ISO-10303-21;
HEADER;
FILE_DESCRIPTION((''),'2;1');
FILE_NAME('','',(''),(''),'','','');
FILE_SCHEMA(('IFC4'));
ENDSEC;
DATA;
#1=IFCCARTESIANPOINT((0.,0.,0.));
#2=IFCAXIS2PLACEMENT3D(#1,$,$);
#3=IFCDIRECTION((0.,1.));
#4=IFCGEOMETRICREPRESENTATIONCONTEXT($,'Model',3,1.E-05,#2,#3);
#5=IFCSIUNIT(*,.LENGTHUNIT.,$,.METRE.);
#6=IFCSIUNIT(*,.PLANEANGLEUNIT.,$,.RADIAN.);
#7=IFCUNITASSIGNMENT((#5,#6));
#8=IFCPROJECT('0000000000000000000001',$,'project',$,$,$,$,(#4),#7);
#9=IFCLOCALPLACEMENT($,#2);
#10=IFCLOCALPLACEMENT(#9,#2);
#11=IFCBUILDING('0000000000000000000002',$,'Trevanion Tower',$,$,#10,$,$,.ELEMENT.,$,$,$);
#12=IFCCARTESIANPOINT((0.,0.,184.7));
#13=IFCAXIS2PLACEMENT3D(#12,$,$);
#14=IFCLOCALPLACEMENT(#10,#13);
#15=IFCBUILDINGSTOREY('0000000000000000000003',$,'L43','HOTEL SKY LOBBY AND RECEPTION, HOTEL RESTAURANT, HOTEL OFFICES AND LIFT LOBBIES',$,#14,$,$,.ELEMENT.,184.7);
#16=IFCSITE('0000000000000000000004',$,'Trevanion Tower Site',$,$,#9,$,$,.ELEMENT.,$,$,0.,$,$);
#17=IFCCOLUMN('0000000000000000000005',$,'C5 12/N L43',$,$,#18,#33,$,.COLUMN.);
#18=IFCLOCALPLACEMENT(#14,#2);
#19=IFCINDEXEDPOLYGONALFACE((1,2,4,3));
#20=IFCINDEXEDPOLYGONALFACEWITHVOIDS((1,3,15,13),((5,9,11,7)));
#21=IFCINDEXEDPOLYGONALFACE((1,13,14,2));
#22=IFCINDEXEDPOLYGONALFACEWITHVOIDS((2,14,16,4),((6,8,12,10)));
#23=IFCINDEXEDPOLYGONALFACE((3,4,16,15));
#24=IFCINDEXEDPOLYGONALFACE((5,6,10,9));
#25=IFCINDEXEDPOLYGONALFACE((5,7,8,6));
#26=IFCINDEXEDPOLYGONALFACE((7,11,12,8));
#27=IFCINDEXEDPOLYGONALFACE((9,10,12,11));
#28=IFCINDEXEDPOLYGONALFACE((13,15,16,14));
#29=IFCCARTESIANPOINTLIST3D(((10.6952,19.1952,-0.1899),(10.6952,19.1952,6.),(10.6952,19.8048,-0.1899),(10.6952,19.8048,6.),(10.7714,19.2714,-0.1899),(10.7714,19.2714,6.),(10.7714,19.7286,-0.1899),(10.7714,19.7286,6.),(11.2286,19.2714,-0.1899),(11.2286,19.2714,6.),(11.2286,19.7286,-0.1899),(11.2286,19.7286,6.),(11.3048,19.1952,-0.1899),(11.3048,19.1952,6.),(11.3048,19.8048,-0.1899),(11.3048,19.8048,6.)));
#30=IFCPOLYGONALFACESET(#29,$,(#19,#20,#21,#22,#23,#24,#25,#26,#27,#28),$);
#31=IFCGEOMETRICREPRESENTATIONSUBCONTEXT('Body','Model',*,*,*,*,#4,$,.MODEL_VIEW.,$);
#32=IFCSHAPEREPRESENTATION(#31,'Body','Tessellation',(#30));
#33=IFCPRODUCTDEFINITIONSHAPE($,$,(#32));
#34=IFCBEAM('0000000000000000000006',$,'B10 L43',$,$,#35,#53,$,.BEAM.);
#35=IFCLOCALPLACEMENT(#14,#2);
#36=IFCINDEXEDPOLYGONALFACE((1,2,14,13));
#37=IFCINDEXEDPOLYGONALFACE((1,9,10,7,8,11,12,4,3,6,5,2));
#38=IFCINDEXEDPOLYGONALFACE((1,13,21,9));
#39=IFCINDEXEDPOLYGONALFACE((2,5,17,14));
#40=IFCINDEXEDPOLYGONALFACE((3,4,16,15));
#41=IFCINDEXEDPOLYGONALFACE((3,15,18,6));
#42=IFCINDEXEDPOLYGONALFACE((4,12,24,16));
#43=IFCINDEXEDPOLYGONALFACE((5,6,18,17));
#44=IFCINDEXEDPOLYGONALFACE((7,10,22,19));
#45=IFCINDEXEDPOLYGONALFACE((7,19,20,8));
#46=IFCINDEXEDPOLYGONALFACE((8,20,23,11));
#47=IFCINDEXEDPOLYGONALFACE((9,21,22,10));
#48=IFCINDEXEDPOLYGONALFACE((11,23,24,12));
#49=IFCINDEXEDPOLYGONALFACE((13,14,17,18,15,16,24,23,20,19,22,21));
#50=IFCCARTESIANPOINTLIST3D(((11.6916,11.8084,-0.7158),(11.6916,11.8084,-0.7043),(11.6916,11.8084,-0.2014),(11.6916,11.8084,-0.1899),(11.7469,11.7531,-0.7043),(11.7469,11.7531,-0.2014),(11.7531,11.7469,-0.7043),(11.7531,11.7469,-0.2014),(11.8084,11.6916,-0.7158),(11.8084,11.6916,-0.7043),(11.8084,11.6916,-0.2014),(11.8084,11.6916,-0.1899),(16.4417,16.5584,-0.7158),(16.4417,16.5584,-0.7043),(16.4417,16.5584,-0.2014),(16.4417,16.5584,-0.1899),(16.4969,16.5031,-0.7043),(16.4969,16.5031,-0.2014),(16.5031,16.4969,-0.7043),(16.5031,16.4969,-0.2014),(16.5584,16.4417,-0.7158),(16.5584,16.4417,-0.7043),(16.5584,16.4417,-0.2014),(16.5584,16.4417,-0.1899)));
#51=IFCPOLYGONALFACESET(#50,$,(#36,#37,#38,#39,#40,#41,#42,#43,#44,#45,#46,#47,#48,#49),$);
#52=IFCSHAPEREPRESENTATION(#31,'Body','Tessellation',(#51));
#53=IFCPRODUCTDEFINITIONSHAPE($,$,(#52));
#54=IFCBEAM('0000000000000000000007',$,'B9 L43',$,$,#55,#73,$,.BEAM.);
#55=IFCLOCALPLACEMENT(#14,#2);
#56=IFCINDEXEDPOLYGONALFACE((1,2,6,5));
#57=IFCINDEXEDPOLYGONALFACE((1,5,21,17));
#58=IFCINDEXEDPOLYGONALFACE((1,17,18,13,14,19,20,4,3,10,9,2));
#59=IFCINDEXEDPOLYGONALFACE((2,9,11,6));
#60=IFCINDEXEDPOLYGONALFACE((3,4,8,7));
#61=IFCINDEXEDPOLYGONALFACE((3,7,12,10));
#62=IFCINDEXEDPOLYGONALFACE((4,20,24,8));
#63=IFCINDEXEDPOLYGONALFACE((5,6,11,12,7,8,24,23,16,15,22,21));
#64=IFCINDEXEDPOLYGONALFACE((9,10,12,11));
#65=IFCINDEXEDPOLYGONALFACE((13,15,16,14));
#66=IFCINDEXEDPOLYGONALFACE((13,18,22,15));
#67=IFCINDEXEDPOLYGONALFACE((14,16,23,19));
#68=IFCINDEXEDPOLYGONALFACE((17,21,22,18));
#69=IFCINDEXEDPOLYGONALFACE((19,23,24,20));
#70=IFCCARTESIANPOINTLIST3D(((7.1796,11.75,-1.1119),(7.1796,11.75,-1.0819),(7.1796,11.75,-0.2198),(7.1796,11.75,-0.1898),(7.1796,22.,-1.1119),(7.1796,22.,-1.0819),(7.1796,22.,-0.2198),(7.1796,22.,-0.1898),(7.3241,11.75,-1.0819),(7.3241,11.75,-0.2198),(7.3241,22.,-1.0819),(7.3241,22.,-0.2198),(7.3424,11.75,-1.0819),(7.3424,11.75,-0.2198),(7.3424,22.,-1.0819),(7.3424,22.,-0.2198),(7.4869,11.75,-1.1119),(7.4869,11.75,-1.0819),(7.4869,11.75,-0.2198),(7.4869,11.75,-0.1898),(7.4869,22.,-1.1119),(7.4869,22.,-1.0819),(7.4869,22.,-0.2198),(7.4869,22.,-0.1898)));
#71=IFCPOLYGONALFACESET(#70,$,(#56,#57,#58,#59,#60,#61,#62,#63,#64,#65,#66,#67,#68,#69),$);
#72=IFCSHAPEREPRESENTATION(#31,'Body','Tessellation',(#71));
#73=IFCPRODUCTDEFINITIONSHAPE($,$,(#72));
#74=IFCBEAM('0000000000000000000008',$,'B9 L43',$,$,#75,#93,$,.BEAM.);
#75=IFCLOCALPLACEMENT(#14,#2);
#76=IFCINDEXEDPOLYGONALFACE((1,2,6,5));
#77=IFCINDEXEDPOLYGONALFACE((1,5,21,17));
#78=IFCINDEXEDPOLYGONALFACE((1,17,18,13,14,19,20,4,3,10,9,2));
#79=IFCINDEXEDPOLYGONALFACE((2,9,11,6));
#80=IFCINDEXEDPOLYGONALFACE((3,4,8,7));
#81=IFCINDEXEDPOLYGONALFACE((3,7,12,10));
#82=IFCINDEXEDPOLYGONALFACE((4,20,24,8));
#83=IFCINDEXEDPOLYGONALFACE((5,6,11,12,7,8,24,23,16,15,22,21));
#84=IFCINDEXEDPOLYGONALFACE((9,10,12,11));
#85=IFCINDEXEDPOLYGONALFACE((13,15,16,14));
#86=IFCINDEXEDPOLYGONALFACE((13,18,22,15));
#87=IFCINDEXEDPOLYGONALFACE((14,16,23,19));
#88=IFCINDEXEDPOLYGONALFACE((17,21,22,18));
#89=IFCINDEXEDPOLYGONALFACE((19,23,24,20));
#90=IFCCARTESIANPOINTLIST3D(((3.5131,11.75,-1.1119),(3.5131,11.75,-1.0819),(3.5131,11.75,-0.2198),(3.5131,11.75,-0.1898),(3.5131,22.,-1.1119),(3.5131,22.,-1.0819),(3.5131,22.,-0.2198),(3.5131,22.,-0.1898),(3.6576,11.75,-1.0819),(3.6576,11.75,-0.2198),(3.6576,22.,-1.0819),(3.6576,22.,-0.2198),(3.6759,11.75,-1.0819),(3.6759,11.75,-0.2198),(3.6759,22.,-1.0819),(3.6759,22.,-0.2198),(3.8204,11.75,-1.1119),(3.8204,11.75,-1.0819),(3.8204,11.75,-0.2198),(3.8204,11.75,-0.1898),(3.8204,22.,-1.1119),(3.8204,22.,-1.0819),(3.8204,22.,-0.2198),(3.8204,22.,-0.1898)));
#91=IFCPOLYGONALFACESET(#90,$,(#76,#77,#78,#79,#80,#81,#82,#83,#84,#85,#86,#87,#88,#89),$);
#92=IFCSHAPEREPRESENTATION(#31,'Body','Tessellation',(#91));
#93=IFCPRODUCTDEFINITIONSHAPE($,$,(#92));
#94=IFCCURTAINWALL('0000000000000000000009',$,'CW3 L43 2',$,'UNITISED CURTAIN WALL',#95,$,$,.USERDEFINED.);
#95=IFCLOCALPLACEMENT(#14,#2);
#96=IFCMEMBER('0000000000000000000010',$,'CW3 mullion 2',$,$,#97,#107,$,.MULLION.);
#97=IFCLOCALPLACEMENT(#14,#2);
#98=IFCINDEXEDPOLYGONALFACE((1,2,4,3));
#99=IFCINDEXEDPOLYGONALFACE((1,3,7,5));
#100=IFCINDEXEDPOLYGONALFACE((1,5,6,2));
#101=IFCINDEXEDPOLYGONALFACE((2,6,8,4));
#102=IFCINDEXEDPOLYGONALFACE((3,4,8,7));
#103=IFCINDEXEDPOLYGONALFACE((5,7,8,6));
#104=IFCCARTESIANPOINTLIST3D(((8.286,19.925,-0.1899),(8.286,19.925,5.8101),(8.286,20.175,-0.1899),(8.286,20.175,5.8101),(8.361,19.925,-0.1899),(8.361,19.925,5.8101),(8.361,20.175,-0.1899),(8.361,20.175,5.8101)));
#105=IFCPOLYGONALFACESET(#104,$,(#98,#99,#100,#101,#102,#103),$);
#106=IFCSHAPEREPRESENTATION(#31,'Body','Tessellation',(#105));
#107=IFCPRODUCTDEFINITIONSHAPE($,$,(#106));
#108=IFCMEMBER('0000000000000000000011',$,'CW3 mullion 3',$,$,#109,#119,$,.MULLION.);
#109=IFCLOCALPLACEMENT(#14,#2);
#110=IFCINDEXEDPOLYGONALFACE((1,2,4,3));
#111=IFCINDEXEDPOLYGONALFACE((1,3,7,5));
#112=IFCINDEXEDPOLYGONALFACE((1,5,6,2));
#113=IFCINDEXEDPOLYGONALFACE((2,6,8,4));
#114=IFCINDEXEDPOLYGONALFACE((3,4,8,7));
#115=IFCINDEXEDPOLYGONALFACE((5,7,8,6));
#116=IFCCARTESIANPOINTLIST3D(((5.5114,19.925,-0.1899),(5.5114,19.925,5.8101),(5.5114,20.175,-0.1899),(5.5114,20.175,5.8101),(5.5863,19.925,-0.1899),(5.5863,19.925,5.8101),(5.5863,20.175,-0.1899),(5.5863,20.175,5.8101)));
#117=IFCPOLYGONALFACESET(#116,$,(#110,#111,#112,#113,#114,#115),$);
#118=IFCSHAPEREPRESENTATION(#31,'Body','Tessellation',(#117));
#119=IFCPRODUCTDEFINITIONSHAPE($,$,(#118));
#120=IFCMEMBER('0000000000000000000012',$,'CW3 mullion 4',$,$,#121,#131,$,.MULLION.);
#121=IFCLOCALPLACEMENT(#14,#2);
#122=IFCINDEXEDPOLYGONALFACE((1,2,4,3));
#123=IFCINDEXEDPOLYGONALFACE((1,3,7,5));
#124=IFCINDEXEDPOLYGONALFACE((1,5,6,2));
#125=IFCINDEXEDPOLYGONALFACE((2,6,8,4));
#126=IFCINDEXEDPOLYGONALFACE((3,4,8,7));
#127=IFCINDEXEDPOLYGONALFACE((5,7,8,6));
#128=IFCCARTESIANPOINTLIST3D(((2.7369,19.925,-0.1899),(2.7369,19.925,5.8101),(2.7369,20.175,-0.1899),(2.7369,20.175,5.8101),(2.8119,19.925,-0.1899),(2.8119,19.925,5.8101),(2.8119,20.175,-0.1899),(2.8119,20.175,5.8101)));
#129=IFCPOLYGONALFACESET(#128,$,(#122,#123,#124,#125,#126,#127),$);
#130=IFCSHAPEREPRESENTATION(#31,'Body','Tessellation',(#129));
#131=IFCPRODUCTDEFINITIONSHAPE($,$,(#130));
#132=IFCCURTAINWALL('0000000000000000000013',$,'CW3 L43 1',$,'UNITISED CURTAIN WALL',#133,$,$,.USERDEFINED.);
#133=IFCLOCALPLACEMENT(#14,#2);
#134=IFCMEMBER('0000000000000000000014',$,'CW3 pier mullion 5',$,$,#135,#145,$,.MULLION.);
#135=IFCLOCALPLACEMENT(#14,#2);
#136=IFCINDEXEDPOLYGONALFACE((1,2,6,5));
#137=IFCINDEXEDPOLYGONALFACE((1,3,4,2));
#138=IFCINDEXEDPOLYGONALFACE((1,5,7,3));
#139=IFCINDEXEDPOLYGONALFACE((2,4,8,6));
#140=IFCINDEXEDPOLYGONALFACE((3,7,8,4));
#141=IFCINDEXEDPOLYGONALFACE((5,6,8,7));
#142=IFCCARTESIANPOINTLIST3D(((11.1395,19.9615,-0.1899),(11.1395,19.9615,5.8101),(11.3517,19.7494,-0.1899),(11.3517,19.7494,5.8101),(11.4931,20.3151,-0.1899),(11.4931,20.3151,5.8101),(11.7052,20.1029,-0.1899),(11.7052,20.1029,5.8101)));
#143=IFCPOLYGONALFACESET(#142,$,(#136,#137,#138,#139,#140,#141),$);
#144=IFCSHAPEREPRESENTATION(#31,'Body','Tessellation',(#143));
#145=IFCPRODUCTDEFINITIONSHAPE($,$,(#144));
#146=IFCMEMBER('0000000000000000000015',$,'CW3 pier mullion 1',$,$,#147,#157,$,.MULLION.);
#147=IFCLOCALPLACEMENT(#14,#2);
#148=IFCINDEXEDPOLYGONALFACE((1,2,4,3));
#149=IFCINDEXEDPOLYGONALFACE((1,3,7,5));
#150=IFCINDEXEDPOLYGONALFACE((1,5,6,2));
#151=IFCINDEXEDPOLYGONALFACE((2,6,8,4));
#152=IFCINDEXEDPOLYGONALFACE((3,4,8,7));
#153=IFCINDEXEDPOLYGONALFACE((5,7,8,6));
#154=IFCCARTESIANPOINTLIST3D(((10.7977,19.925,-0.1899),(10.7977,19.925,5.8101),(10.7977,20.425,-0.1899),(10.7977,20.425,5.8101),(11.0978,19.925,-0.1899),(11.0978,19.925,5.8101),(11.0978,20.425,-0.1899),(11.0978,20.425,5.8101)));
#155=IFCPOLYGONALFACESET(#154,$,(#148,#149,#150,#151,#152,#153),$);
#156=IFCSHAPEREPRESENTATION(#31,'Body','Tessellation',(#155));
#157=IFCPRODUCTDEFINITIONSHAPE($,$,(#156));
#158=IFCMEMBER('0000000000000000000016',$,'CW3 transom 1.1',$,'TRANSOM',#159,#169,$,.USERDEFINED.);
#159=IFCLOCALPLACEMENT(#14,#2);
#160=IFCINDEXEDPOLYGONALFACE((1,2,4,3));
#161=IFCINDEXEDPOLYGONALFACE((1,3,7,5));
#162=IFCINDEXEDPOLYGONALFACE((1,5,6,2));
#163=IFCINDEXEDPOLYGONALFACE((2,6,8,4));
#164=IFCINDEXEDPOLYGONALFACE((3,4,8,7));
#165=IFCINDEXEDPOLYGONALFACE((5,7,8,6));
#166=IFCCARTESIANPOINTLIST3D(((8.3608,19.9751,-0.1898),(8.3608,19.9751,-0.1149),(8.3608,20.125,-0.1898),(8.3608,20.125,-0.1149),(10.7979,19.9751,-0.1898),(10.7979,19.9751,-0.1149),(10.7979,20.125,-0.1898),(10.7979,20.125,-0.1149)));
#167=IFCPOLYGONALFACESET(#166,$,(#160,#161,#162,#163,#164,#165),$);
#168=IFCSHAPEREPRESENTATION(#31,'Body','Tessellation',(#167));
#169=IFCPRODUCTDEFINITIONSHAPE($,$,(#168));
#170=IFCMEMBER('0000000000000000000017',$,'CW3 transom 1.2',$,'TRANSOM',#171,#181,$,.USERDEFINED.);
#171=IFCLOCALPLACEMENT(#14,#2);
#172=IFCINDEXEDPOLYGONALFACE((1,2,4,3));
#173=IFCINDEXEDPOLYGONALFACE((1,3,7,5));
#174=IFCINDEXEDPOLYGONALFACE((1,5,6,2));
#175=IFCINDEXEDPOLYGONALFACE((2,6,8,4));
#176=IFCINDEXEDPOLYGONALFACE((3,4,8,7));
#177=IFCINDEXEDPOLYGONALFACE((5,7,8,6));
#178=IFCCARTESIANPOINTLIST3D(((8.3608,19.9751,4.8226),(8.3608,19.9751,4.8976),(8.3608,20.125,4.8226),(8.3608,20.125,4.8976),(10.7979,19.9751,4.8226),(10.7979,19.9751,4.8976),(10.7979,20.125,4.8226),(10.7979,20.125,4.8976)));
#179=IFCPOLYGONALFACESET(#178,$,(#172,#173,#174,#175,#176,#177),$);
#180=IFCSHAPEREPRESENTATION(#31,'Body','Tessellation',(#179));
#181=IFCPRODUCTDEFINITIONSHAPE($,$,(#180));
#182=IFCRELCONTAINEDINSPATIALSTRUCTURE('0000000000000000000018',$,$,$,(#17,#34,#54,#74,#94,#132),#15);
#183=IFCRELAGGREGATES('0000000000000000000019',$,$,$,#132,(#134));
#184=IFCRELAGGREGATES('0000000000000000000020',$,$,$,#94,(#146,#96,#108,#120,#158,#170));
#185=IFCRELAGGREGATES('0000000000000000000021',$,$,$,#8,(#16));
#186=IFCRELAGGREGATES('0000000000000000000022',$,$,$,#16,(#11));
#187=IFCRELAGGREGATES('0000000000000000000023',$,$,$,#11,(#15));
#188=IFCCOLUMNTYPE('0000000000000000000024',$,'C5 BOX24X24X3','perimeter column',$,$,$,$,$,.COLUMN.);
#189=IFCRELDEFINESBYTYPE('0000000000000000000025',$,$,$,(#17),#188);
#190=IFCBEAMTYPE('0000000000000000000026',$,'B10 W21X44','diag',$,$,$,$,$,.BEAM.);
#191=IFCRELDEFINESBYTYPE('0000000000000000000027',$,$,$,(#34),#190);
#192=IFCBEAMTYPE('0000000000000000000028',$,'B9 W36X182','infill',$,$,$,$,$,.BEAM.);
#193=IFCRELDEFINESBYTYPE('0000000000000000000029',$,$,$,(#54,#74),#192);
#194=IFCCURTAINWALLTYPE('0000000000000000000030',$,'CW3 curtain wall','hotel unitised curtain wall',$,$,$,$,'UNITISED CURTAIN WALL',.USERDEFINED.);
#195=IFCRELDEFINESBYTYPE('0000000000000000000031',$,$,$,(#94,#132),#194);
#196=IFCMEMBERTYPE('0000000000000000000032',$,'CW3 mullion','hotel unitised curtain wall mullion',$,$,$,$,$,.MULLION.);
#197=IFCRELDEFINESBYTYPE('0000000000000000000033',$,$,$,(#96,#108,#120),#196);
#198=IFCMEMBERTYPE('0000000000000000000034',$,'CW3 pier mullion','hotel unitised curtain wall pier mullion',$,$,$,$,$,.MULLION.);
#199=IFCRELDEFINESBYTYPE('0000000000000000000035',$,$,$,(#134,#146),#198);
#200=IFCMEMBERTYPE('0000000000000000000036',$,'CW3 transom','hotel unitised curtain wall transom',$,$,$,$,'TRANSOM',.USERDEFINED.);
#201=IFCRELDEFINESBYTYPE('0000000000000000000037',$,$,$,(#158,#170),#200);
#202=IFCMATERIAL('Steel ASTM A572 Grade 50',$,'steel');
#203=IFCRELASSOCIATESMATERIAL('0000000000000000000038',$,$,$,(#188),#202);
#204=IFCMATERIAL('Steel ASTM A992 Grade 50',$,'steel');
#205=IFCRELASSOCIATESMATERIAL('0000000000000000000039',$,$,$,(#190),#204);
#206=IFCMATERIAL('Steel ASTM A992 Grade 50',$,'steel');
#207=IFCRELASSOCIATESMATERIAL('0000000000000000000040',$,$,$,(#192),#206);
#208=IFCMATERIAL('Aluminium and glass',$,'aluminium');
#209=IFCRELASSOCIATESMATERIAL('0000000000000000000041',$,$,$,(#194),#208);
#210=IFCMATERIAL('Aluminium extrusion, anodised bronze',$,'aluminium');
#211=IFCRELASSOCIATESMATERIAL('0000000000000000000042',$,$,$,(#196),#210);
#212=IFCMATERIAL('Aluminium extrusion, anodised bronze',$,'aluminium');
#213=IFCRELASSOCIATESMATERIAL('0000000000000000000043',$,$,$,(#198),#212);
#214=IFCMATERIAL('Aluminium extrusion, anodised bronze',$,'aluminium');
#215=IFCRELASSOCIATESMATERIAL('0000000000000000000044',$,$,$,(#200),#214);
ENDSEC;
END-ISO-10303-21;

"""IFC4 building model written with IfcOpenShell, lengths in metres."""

from ifc_helpers import new_model, si_unit, direction, frame, origin, origin_2d, place, context, subcontext, project, spatial, rectangle, hollow_rectangle, i_section, extrude, material, material_profile, profile_set, type_object, element, aggregate, save


model = new_model("IFC4")

# Units and contexts
model_context = context("Model", 3, precision=1e-05, world=origin(), true_north=direction((0.0, 1.0)))
body_context = subcontext(model_context, "Body", "Model", "MODEL_VIEW")
ifc_project = project(units=[si_unit("LENGTHUNIT", "METRE"), si_unit("PLANEANGLEUNIT", "RADIAN")], contexts=[model_context])

# Site, building, storey
site_placement = place(None, origin())
site = spatial("IfcSite", under=ifc_project, at=site_placement, Name="Trevanion Tower Site", CompositionType="ELEMENT", RefElevation=0.0)
building_placement = place(site_placement, origin())
building = spatial("IfcBuilding", under=site, at=building_placement, Name="Trevanion Tower", CompositionType="ELEMENT")
storey_placement = place(building_placement, frame((0.0, 0.0, 184.7)))
storey = spatial("IfcBuildingStorey", under=building, at=storey_placement, Name="L43", Description="HOTEL SKY LOBBY AND RECEPTION, HOTEL RESTAURANT, HOTEL OFFICES AND LIFT LOBBIES", CompositionType="ELEMENT", Elevation=184.7)

# Column
ifc_material_1 = material(Name="Steel ASTM A572 Grade 50", Category="steel")
ifc_material_profile_1 = material_profile(ifc_material_1, hollow_rectangle(XDim=0.6096, YDim=0.6096, WallThickness=0.0762, at=origin_2d()), Name="BOX24X24X3")
ifc_profile_set_1 = profile_set([ifc_material_profile_1], Name="Steel ASTM A572 Grade 50")
column_type = type_object("IfcColumnType", Name="C5 BOX24X24X3", Description="perimeter column", PredefinedType="COLUMN", material=ifc_profile_set_1)
column_placement = place(storey_placement, frame((11.0, 19.5, -0.1899), z_axis=(0.0, 0.0, 1.0), x_axis=(1.0, 0.0, 0.0)))
element("IfcColumn", 1, at=column_placement, inside=storey, type_object=column_type, Name="C5 12/N L43", PredefinedType="COLUMN", context=body_context, shape_type="SweptSolid", body=[
    extrude(hollow_rectangle(XDim=0.6096, YDim=0.6096, WallThickness=0.0762, at=origin_2d()), origin(), (0.0, 0.0, 1.0), 6.1899),
])

# Beams
ifc_material_2 = material(Name="Steel ASTM A992 Grade 50", Category="steel")
ifc_material_profile_2 = material_profile(ifc_material_2, i_section(OverallWidth=0.165, OverallDepth=0.5259, WebThickness=0.0088, FlangeThickness=0.0115, at=origin_2d()), Name="W21X44")
ifc_profile_set_2 = profile_set([ifc_material_profile_2], Name="Steel ASTM A992 Grade 50")
beam_type_1 = type_object("IfcBeamType", Name="B10 W21X44", Description="diag", PredefinedType="BEAM", material=ifc_profile_set_2)
beam_placement = place(storey_placement, frame((11.75, 11.75, -0.4529), z_axis=(0.707107, 0.707107, 0.0), x_axis=(-0.707107, 0.707107, 0.0)))
element("IfcBeam", 2, at=beam_placement, inside=storey, type_object=beam_type_1, Name="B10 L43", PredefinedType="BEAM", context=body_context, shape_type="SweptSolid", body=[
    extrude(i_section(OverallWidth=0.165, OverallDepth=0.5259, WebThickness=0.0088, FlangeThickness=0.0115, at=origin_2d()), origin(), (0.0, 0.0, 1.0), 6.7175),
])
ifc_material_3 = material(Name="Steel ASTM A992 Grade 50", Category="steel")
ifc_material_profile_3 = material_profile(ifc_material_3, i_section(OverallWidth=0.3074, OverallDepth=0.9221, WebThickness=0.0183, FlangeThickness=0.03, at=origin_2d()), Name="W36X182")
ifc_profile_set_3 = profile_set([ifc_material_profile_3], Name="Steel ASTM A992 Grade 50")
beam_type_2 = type_object("IfcBeamType", Name="B9 W36X182", Description="infill", PredefinedType="BEAM", material=ifc_profile_set_3)
for number, where, z_axis, x_axis, name in (
    (3, (7.3333, 11.75, -0.6509), (0.0, 1.0, 0.0), (-1.0, 0.0, 0.0), "B9 L43"),
    (4, (3.6667, 11.75, -0.6509), (0.0, 1.0, 0.0), (-1.0, 0.0, 0.0), "B9 L43"),
):
    element("IfcBeam", number, at=place(storey_placement, frame(where, z_axis=z_axis, x_axis=x_axis)), inside=storey, type_object=beam_type_2, Name=name, PredefinedType="BEAM", context=body_context, shape_type="SweptSolid", body=[
        extrude(i_section(OverallWidth=0.3074, OverallDepth=0.9221, WebThickness=0.0183, FlangeThickness=0.03, at=origin_2d()), origin(), (0.0, 0.0, 1.0), 10.25),
    ])

# Curtain wall, members
ifc_material_4 = material(Name="Aluminium and glass", Category="aluminium")
curtain_wall_type = type_object("IfcCurtainWallType", Name="CW3 curtain wall", Description="hotel unitised curtain wall", ElementType="UNITISED CURTAIN WALL", PredefinedType="USERDEFINED", material=ifc_material_4)
curtain_wall_1_placement = place(storey_placement, origin())
curtain_wall_1 = element("IfcCurtainWall", 5, at=curtain_wall_1_placement, inside=storey, type_object=curtain_wall_type, Name="CW3 L43 2", ObjectType="UNITISED CURTAIN WALL", PredefinedType="USERDEFINED")
ifc_material_5 = material(Name="Aluminium extrusion, anodised bronze", Category="aluminium")
ifc_material_profile_4 = material_profile(ifc_material_5, rectangle(XDim=0.075, YDim=0.25, at=origin_2d()), Name="CW3 mullion")
ifc_profile_set_4 = profile_set([ifc_material_profile_4], Name="Aluminium extrusion, anodised bronze")
member_type_1 = type_object("IfcMemberType", Name="CW3 mullion", Description="hotel unitised curtain wall mullion", PredefinedType="MULLION", material=ifc_profile_set_4)
member_1_placement = place(storey_placement, frame((8.3235, 20.05, -0.1899), z_axis=(0.0, 0.0, 1.0), x_axis=(-1.0, 0.0, 0.0)))
member_1 = element("IfcMember", 6, at=member_1_placement, type_object=member_type_1, Name="CW3 mullion 2", PredefinedType="MULLION", context=body_context, shape_type="SweptSolid", body=[
    extrude(rectangle(XDim=0.075, YDim=0.25, at=origin_2d()), origin(), (0.0, 0.0, 1.0), 6.0),
])
member_2_placement = place(storey_placement, frame((5.5488, 20.05, -0.1899), z_axis=(0.0, 0.0, 1.0), x_axis=(-1.0, 0.0, 0.0)))
member_2 = element("IfcMember", 7, at=member_2_placement, type_object=member_type_1, Name="CW3 mullion 3", PredefinedType="MULLION", context=body_context, shape_type="SweptSolid", body=[
    extrude(rectangle(XDim=0.075, YDim=0.25, at=origin_2d()), origin(), (0.0, 0.0, 1.0), 6.0),
])
member_3_placement = place(storey_placement, frame((2.7744, 20.05, -0.1899), z_axis=(0.0, 0.0, 1.0), x_axis=(-1.0, 0.0, 0.0)))
member_3 = element("IfcMember", 8, at=member_3_placement, type_object=member_type_1, Name="CW3 mullion 4", PredefinedType="MULLION", context=body_context, shape_type="SweptSolid", body=[
    extrude(rectangle(XDim=0.075, YDim=0.25, at=origin_2d()), origin(), (0.0, 0.0, 1.0), 6.0),
])

# Curtain wall, member
curtain_wall_2_placement = place(storey_placement, origin())
curtain_wall_2 = element("IfcCurtainWall", 9, at=curtain_wall_2_placement, inside=storey, type_object=curtain_wall_type, Name="CW3 L43 1", ObjectType="UNITISED CURTAIN WALL", PredefinedType="USERDEFINED")
ifc_material_6 = material(Name="Aluminium extrusion, anodised bronze", Category="aluminium")
ifc_material_profile_5 = material_profile(ifc_material_6, rectangle(XDim=0.3, YDim=0.5, at=origin_2d()), Name="CW3 pier mullion")
ifc_profile_set_5 = profile_set([ifc_material_profile_5], Name="Aluminium extrusion, anodised bronze")
member_type_2 = type_object("IfcMemberType", Name="CW3 pier mullion", Description="hotel unitised curtain wall pier mullion", PredefinedType="MULLION", material=ifc_profile_set_5)
member_4_placement = place(storey_placement, frame((11.4224, 20.0322, -0.1899), z_axis=(0.0, 0.0, 1.0), x_axis=(-0.707107, 0.707107, 0.0)))
member_4 = element("IfcMember", 10, at=member_4_placement, type_object=member_type_2, Name="CW3 pier mullion 5", PredefinedType="MULLION", context=body_context, shape_type="SweptSolid", body=[
    extrude(rectangle(XDim=0.3, YDim=0.5, at=origin_2d()), origin(), (0.0, 0.0, 1.0), 6.0),
])
aggregate(curtain_wall_2, [member_4])

# Members
member_5_placement = place(storey_placement, frame((10.9478, 20.175, -0.1899), z_axis=(0.0, 0.0, 1.0), x_axis=(-1.0, 0.0, 0.0)))
member_5 = element("IfcMember", 11, at=member_5_placement, type_object=member_type_2, Name="CW3 pier mullion 1", PredefinedType="MULLION", context=body_context, shape_type="SweptSolid", body=[
    extrude(rectangle(XDim=0.3, YDim=0.5, at=origin_2d()), origin(), (0.0, 0.0, 1.0), 6.0),
])
ifc_material_7 = material(Name="Aluminium extrusion, anodised bronze", Category="aluminium")
ifc_material_profile_6 = material_profile(ifc_material_7, rectangle(XDim=0.1499, YDim=0.075, at=origin_2d()), Name="CW3 transom")
ifc_profile_set_6 = profile_set([ifc_material_profile_6], Name="Aluminium extrusion, anodised bronze")
member_type_3 = type_object("IfcMemberType", Name="CW3 transom", Description="hotel unitised curtain wall transom", ElementType="TRANSOM", PredefinedType="USERDEFINED", material=ifc_profile_set_6)
member_6_placement = place(storey_placement, frame((10.7979, 20.05, -0.1523), z_axis=(-1.0, 0.0, 0.0), x_axis=(0.0, -1.0, 0.0)))
member_6 = element("IfcMember", 12, at=member_6_placement, type_object=member_type_3, Name="CW3 transom 1.1", ObjectType="TRANSOM", PredefinedType="USERDEFINED", context=body_context, shape_type="SweptSolid", body=[
    extrude(rectangle(XDim=0.1499, YDim=0.075, at=origin_2d()), origin(), (0.0, 0.0, 1.0), 2.437),
])
member_7_placement = place(storey_placement, frame((10.7979, 20.05, 4.8601), z_axis=(-1.0, 0.0, 0.0), x_axis=(0.0, -1.0, 0.0)))
member_7 = element("IfcMember", 13, at=member_7_placement, type_object=member_type_3, Name="CW3 transom 1.2", ObjectType="TRANSOM", PredefinedType="USERDEFINED", context=body_context, shape_type="SweptSolid", body=[
    extrude(rectangle(XDim=0.1499, YDim=0.075, at=origin_2d()), origin(), (0.0, 0.0, 1.0), 2.437),
])

aggregate(curtain_wall_1, [member_5, member_1, member_2, member_3, member_6, member_7])

save(model, "model.ifc")
